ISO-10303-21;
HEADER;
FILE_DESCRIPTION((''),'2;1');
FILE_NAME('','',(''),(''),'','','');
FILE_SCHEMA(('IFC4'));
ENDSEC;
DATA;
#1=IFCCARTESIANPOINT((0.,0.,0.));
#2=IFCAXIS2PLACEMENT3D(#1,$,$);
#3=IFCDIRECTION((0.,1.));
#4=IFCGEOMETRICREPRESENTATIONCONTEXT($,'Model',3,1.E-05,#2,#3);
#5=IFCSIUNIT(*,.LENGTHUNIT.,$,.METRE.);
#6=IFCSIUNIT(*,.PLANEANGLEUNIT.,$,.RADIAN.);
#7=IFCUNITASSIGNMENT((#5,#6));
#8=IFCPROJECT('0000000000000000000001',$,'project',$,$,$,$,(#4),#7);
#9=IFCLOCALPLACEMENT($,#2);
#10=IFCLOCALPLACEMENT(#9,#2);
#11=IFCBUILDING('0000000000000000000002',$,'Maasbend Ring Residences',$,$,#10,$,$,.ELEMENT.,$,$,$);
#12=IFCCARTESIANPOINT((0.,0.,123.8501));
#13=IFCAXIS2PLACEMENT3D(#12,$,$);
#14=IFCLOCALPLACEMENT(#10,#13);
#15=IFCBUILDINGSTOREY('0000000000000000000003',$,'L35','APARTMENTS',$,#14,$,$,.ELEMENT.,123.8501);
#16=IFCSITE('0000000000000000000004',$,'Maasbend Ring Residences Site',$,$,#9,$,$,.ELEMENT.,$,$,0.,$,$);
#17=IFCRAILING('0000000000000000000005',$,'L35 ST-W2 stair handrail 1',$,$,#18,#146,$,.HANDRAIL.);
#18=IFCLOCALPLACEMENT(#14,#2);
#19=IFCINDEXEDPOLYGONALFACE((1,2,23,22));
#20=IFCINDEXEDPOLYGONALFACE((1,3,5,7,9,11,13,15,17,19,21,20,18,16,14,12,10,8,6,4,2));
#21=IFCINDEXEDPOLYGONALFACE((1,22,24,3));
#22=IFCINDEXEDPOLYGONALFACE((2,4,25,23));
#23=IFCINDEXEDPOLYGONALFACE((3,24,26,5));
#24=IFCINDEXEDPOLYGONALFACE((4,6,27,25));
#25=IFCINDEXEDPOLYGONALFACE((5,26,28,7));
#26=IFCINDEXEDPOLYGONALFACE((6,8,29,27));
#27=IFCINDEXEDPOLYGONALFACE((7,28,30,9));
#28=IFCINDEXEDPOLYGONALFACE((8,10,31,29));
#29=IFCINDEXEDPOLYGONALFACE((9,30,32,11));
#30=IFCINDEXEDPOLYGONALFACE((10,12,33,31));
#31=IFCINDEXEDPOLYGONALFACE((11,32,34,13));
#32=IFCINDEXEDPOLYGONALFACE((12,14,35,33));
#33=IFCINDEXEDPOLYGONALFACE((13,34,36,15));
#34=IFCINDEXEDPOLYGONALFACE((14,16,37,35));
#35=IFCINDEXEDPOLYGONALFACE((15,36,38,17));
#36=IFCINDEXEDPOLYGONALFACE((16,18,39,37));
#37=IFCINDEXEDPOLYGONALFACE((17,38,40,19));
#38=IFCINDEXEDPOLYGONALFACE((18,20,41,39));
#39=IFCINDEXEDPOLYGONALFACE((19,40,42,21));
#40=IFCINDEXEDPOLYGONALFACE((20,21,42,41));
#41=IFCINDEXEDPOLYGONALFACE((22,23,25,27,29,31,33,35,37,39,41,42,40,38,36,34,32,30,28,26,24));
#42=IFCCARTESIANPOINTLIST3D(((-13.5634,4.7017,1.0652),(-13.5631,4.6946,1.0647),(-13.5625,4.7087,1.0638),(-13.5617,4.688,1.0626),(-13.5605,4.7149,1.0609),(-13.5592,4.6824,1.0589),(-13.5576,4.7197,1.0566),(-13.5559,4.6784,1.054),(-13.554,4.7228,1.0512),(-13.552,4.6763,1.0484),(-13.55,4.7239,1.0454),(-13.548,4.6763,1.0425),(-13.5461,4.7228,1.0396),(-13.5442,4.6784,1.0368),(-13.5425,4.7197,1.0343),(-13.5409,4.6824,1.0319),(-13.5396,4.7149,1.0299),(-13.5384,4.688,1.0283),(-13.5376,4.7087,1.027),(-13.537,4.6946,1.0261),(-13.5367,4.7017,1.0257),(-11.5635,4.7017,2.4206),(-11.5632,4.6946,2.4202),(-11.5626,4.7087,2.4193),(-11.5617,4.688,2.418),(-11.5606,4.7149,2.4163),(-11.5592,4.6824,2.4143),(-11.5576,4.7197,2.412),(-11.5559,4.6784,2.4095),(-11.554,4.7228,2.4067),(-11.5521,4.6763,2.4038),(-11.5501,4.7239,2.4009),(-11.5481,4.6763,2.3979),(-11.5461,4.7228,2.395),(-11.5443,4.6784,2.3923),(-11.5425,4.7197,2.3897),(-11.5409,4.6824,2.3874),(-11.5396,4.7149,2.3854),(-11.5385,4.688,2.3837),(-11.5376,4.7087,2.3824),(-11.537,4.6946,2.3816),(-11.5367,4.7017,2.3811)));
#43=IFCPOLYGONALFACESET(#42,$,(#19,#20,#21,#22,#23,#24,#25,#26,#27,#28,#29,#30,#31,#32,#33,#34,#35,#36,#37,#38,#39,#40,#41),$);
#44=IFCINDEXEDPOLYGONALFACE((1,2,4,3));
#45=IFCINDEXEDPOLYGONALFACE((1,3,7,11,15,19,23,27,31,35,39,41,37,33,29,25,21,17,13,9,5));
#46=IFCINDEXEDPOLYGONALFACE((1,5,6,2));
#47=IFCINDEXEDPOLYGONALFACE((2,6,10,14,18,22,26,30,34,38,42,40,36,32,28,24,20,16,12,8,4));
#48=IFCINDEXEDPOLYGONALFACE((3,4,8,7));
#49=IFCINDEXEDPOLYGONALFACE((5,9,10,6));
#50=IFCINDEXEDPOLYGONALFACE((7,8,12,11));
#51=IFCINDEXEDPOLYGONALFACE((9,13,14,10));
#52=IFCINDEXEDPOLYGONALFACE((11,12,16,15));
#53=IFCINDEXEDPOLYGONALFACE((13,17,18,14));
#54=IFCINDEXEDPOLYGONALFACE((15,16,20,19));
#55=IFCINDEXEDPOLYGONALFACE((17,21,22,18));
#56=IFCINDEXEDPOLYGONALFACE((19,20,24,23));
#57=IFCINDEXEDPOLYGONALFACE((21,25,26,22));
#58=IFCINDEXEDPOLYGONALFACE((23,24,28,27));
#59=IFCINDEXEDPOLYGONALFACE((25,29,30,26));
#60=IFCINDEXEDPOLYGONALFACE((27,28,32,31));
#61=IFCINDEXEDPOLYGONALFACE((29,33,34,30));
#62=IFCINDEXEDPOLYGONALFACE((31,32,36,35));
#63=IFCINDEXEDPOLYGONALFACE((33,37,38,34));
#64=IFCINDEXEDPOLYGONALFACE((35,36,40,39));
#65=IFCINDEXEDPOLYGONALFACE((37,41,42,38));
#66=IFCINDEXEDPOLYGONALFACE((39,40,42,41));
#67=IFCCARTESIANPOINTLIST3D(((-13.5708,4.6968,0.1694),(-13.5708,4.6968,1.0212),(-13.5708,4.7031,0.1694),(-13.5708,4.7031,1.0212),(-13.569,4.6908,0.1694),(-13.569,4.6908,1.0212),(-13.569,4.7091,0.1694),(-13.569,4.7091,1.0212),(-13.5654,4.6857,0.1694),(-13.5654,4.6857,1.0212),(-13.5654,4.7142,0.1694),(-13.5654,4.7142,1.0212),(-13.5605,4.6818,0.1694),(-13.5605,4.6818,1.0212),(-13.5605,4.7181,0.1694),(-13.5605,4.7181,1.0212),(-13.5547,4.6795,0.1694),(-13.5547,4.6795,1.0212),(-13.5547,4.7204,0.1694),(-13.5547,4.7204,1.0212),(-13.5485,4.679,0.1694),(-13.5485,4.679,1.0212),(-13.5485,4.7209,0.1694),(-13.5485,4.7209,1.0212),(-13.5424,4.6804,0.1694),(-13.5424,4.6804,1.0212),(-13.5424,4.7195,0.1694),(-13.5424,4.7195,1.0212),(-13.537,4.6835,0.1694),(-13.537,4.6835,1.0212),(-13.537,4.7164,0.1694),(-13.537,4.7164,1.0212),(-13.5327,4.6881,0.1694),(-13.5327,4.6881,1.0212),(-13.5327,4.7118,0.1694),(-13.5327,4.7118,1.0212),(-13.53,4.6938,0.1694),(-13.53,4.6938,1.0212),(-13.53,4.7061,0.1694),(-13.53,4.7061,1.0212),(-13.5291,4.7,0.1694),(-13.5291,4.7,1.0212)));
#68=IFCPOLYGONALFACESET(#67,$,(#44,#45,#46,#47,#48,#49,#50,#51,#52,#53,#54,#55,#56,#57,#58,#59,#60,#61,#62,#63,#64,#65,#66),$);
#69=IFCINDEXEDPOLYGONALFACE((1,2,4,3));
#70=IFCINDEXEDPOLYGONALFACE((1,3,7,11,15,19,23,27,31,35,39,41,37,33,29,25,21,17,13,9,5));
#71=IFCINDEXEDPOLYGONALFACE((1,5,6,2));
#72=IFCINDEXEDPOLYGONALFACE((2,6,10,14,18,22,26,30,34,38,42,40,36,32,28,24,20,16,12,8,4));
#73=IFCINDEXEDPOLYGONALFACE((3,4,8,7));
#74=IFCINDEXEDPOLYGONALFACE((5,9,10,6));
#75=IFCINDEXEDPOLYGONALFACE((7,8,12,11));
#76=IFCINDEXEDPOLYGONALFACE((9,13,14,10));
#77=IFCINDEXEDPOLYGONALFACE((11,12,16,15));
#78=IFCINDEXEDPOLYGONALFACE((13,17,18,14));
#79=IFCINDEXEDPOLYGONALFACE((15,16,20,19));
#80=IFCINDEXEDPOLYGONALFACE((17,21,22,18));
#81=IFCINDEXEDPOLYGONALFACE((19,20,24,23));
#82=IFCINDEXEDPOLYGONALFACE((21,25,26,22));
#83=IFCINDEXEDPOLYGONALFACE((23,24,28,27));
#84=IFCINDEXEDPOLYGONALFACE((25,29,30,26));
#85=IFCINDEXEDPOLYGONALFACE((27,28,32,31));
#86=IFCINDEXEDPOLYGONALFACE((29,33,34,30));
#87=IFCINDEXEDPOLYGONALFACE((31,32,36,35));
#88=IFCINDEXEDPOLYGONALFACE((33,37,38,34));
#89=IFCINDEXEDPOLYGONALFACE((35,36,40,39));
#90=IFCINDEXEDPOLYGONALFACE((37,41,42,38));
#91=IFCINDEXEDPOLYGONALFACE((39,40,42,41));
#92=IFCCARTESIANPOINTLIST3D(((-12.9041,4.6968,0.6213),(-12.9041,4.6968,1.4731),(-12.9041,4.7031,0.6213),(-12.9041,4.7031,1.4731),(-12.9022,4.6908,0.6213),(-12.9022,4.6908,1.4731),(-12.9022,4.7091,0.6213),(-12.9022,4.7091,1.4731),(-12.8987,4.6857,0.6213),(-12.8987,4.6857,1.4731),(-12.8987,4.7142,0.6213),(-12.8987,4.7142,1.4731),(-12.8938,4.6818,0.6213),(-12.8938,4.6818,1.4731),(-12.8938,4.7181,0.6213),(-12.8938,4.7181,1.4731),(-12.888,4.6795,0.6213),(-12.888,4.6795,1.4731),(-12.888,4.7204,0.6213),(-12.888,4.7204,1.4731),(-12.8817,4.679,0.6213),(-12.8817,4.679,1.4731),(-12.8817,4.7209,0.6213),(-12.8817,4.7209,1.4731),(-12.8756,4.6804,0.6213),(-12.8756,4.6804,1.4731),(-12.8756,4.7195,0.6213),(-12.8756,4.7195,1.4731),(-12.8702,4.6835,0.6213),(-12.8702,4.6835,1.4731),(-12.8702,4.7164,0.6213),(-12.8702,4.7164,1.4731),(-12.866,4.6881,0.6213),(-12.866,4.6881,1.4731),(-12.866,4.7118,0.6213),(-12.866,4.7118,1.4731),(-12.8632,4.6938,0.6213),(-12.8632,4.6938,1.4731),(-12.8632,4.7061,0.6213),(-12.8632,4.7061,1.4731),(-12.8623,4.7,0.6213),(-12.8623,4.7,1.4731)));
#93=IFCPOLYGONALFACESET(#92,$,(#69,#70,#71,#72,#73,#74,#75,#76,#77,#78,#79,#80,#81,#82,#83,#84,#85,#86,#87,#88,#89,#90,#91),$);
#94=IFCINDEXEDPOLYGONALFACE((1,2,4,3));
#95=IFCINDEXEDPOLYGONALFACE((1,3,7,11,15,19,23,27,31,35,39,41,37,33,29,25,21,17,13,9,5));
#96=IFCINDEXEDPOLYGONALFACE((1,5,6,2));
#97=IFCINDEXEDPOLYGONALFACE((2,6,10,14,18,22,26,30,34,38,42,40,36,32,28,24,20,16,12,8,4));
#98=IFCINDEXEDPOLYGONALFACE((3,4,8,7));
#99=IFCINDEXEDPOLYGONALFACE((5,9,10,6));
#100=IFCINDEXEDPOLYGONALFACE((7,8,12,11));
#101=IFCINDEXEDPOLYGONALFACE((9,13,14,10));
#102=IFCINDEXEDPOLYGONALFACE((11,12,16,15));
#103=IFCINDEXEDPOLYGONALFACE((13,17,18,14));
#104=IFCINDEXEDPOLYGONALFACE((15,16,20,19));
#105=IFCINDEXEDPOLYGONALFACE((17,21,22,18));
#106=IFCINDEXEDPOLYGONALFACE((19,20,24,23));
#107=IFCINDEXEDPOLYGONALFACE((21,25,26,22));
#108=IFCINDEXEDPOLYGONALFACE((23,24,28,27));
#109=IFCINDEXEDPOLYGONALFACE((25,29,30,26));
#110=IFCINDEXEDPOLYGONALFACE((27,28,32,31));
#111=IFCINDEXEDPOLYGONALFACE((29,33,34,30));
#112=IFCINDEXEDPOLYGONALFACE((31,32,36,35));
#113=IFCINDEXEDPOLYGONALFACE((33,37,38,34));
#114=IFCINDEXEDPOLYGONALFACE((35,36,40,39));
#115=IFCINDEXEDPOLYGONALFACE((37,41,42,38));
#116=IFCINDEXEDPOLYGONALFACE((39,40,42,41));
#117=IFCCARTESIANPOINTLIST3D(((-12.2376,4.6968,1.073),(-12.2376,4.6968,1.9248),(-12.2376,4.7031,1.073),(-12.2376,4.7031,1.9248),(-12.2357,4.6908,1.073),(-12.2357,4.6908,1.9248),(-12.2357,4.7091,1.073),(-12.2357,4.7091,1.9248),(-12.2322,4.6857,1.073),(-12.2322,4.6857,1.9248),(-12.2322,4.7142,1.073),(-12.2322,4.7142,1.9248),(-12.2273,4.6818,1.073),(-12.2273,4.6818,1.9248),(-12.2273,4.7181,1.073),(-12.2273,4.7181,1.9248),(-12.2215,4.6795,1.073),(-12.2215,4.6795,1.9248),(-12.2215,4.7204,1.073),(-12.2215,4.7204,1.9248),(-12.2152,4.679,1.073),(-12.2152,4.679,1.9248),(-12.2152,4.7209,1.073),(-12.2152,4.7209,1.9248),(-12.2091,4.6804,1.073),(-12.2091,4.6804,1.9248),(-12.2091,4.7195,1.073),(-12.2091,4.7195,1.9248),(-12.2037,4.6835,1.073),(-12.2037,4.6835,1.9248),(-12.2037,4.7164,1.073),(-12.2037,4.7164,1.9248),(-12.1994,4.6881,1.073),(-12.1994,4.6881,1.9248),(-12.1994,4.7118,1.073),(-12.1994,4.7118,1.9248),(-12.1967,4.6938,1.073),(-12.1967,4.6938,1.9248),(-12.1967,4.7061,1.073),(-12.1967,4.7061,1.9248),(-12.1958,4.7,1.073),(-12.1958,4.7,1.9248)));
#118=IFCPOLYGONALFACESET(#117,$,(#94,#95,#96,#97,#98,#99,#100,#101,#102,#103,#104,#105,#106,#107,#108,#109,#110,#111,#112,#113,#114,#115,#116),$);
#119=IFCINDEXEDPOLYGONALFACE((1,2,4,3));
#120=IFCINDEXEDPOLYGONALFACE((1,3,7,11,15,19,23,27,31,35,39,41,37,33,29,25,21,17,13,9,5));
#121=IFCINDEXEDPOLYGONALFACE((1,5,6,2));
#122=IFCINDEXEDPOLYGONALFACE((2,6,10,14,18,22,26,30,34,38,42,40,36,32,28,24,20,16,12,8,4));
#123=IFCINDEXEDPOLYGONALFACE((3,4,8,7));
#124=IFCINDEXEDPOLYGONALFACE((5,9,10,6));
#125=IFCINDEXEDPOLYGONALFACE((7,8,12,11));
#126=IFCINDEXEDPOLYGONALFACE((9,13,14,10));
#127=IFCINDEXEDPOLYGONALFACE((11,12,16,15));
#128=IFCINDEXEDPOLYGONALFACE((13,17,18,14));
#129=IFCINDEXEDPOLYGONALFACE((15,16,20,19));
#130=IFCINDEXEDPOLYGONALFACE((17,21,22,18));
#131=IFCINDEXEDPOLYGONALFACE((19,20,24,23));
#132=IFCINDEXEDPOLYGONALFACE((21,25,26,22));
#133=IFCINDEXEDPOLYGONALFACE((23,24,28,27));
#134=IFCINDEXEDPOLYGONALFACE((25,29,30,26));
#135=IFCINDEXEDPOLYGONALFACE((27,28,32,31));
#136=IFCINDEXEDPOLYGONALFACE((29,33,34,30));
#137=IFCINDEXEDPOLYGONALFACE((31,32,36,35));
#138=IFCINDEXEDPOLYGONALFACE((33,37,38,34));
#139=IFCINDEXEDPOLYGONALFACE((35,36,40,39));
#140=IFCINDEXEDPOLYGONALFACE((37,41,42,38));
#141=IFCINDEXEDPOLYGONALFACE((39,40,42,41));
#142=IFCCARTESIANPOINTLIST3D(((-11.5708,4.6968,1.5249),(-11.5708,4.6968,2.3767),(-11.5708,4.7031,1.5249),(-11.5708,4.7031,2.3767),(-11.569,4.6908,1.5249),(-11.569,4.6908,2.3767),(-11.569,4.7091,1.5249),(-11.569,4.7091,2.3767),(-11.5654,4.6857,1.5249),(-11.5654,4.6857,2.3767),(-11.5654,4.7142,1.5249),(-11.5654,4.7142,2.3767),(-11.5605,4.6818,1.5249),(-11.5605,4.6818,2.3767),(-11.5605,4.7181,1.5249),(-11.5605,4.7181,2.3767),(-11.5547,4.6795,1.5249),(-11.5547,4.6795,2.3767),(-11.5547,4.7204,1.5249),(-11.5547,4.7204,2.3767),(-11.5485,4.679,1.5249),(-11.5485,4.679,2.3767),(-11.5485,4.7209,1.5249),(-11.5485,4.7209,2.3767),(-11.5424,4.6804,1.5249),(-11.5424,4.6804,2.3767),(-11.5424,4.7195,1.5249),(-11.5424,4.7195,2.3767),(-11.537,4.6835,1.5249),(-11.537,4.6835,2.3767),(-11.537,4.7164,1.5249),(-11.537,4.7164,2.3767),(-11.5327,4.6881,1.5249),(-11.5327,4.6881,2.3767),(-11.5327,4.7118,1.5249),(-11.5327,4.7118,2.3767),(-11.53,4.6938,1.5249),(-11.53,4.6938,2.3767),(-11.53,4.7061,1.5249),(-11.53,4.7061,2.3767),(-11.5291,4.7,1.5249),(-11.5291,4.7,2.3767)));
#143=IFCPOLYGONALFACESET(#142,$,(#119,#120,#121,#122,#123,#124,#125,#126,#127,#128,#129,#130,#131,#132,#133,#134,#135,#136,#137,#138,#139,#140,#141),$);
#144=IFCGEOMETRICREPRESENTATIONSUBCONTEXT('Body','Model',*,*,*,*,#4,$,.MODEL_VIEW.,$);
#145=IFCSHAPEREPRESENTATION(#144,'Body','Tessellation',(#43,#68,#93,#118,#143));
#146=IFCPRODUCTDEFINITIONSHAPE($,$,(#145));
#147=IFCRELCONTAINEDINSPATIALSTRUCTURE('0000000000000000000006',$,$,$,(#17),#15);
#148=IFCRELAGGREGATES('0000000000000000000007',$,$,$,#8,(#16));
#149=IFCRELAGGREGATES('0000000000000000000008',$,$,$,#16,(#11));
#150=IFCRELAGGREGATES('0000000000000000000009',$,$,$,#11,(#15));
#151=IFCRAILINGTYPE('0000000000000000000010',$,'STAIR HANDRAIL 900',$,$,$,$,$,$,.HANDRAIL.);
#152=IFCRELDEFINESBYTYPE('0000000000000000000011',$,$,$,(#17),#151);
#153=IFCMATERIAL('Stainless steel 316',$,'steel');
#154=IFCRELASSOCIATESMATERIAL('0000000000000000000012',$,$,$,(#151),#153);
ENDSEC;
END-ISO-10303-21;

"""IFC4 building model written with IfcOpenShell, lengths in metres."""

from ifc_helpers import new_model, si_unit, direction, frame, origin, origin_2d, place, context, subcontext, project, spatial, circle, extrude, material, type_object, element, save


model = new_model("IFC4")

# Units and contexts
model_context = context("Model", 3, precision=1e-05, world=origin(), true_north=direction((0.0, 1.0)))
body_context = subcontext(model_context, "Body", "Model", "MODEL_VIEW")
ifc_project = project(units=[si_unit("LENGTHUNIT", "METRE"), si_unit("PLANEANGLEUNIT", "RADIAN")], contexts=[model_context])

# Site, building, storey
site_placement = place(None, origin())
site = spatial("IfcSite", under=ifc_project, at=site_placement, Name="Maasbend Ring Residences Site", CompositionType="ELEMENT", RefElevation=0.0)
building_placement = place(site_placement, origin())
building = spatial("IfcBuilding", under=site, at=building_placement, Name="Maasbend Ring Residences", CompositionType="ELEMENT")
storey_placement = place(building_placement, frame((0.0, 0.0, 123.8501)))
storey = spatial("IfcBuildingStorey", under=building, at=storey_placement, Name="L35", Description="APARTMENTS", CompositionType="ELEMENT", Elevation=123.8501)

# Railing
ifc_material_1 = material(Name="Stainless steel 316", Category="steel")
railing_type_1 = type_object("IfcRailingType", Name="STAIR HANDRAIL 900", PredefinedType="HANDRAIL", material=ifc_material_1)
railing_1_placement = place(storey_placement, frame((-13.55, 4.7, 0.1694)))
element("IfcRailing", 1, at=railing_1_placement, inside=storey, type_object=railing_type_1, Name="L35 ST-W2 stair handrail 1", PredefinedType="HANDRAIL", context=body_context, shape_type="SweptSolid", body=[
    extrude(circle(Radius=0.0239, at=origin_2d()), frame((0.0, 0.0, 0.876), z_axis=(0.827798, 0.0, 0.561027), x_axis=(0.0, 1.0, 0.0)), (0.0, 0.0, 1.0), 2.416),
    extrude(circle(Radius=0.021, at=origin_2d()), origin(), (0.0, 0.0, 1.0), 0.8518),
    extrude(circle(Radius=0.021, at=origin_2d()), frame((0.6667, 0.0, 0.4519)), (0.0, 0.0, 1.0), 0.8518),
    extrude(circle(Radius=0.021, at=origin_2d()), frame((1.3333, 0.0, 0.9036)), (0.0, 0.0, 1.0), 0.8518),
    extrude(circle(Radius=0.021, at=origin_2d()), frame((2.0, 0.0, 1.3555)), (0.0, 0.0, 1.0), 0.8518),
])

save(model, "model.ifc")
